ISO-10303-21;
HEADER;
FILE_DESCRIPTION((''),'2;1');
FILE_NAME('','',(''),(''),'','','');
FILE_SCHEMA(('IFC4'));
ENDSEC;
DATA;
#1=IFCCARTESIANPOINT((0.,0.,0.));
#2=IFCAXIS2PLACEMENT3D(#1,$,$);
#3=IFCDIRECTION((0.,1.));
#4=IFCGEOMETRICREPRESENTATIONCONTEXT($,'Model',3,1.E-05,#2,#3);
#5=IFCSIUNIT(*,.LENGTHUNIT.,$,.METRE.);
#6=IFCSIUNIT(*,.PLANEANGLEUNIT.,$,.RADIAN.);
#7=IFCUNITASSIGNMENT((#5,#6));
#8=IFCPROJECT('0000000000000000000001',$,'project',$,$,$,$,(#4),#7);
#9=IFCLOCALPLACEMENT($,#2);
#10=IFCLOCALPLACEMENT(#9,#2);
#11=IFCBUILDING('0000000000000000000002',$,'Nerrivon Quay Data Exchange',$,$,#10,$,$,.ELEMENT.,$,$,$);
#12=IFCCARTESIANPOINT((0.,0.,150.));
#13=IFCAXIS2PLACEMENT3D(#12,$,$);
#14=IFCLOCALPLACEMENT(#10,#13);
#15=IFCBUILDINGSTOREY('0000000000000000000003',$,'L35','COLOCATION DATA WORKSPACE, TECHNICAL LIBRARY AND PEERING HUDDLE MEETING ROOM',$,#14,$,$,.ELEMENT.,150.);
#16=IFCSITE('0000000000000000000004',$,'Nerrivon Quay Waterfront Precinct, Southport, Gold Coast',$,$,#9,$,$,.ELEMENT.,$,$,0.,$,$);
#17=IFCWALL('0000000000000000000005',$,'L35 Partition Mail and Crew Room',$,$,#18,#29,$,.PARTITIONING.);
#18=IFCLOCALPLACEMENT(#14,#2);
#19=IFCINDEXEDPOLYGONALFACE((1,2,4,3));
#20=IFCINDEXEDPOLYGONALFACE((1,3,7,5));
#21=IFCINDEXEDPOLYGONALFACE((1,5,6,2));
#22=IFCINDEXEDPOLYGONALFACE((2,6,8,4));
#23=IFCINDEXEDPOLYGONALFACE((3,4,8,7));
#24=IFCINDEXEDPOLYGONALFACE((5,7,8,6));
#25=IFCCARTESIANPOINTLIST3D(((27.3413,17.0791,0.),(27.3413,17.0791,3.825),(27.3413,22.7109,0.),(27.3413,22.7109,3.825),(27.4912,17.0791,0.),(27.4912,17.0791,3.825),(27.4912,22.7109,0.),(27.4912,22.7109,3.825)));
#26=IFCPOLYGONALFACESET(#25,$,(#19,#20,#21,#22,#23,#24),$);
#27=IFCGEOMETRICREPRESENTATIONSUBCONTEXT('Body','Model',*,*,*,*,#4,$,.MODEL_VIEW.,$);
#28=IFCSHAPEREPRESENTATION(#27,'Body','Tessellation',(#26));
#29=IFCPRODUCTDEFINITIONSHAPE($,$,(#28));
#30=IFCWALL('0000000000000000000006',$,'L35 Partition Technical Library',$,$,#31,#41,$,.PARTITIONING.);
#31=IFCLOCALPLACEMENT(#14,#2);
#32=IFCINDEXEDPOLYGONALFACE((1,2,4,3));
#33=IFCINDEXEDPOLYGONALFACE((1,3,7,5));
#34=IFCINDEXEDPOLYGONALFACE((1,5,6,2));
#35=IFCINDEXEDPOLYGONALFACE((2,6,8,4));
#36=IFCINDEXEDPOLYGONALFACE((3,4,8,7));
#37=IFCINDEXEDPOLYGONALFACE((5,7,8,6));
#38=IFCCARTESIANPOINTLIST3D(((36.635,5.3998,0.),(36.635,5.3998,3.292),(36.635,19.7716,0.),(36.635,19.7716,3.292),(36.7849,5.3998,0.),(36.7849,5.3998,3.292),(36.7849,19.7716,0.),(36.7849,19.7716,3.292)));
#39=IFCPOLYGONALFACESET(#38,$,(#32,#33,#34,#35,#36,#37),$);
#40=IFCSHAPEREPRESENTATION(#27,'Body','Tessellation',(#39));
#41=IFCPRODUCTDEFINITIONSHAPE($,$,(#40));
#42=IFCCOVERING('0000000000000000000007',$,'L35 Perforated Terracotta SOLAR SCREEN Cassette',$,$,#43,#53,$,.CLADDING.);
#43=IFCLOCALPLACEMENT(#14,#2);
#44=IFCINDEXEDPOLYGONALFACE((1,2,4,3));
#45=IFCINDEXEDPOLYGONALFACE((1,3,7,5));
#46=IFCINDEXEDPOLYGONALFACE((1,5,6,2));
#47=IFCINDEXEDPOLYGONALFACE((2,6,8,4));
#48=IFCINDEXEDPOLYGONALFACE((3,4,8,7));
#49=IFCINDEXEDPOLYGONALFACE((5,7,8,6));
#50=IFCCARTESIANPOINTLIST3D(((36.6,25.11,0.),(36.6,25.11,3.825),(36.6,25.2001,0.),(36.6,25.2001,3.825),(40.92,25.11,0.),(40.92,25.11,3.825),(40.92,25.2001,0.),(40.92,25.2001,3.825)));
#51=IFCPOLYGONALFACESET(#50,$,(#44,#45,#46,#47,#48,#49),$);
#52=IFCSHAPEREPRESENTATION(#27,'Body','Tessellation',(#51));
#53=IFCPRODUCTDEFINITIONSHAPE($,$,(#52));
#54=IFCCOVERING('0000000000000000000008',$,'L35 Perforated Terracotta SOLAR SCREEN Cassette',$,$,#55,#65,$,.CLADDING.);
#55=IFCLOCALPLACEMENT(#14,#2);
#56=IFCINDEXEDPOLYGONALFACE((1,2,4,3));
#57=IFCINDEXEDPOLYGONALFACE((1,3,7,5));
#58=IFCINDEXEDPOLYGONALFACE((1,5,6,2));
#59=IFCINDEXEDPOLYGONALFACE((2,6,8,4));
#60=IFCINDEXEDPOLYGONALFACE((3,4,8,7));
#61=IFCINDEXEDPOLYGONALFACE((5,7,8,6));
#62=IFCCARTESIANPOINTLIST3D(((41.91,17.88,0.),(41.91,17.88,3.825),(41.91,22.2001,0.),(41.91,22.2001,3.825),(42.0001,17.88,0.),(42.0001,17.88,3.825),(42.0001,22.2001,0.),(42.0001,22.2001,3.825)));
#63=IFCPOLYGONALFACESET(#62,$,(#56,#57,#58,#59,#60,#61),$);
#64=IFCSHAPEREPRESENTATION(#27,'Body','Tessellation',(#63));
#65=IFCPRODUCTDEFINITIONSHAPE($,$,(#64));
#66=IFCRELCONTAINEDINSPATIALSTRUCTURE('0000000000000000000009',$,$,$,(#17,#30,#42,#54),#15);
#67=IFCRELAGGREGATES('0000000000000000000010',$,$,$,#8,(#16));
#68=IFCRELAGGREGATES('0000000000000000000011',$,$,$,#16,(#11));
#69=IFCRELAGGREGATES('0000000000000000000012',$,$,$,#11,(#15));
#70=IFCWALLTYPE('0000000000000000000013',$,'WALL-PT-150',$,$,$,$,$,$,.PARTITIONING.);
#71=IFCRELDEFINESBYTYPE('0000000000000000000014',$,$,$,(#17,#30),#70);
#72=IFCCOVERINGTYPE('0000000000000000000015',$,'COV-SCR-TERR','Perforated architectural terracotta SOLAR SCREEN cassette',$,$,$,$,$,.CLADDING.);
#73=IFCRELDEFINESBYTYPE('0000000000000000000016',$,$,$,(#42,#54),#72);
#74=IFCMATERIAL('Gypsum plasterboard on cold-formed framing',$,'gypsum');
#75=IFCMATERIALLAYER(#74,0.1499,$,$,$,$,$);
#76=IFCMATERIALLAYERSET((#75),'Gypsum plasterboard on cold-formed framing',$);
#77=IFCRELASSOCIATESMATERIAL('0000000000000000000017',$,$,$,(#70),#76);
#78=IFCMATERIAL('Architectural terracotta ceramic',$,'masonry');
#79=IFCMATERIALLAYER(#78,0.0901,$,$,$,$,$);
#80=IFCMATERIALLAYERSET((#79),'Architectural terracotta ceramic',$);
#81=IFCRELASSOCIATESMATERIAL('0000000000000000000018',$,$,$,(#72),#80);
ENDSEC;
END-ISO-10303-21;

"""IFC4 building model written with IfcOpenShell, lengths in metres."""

from ifc_helpers import new_model, si_unit, direction, frame, frame_2d, origin, origin_2d, place, context, subcontext, project, spatial, rectangle, extrude, material, layer, layer_set, type_object, element, save


model = new_model("IFC4")

# Units and contexts
model_context = context("Model", 3, precision=1e-05, world=origin(), true_north=direction((0.0, 1.0)))
body_context = subcontext(model_context, "Body", "Model", "MODEL_VIEW")
ifc_project = project(units=[si_unit("LENGTHUNIT", "METRE"), si_unit("PLANEANGLEUNIT", "RADIAN")], contexts=[model_context])

# Site, building, storey
site_placement = place(None, origin())
site = spatial("IfcSite", under=ifc_project, at=site_placement, Name="Nerrivon Quay Waterfront Precinct, Southport, Gold Coast", CompositionType="ELEMENT", RefElevation=0.0)
building_placement = place(site_placement, origin())
building = spatial("IfcBuilding", under=site, at=building_placement, Name="Nerrivon Quay Data Exchange", CompositionType="ELEMENT")
storey_placement = place(building_placement, frame((0.0, 0.0, 150.0)))
storey = spatial("IfcBuildingStorey", under=building, at=storey_placement, Name="L35", Description="COLOCATION DATA WORKSPACE, TECHNICAL LIBRARY AND PEERING HUDDLE MEETING ROOM", CompositionType="ELEMENT", Elevation=150.0)

# Shared definitions
ifc_material_1 = material(Name="Gypsum plasterboard on cold-formed framing", Category="gypsum")

# Walls
ifc_layer_1 = layer(ifc_material_1, 0.1499)
ifc_layer_set_1 = layer_set([ifc_layer_1], Name="Gypsum plasterboard on cold-formed framing")
wall_type_1 = type_object("IfcWallType", Name="WALL-PT-150", PredefinedType="PARTITIONING", material=ifc_layer_set_1)
wall_1_placement = place(storey_placement, frame((27.4163, 22.7109, 0.0), z_axis=(0.0, 0.0, 1.0), x_axis=(0.0, -1.0, 0.0)))
element("IfcWall", 1, at=wall_1_placement, inside=storey, type_object=wall_type_1, Name="L35 Partition Mail and Crew Room", PredefinedType="PARTITIONING", context=body_context, shape_type="SweptSolid", body=[
    extrude(rectangle(XDim=5.6318, YDim=0.1499, at=frame_2d((2.8159, 0.0))), origin(), (0.0, 0.0, 1.0), 3.825),
])
wall_2_placement = place(storey_placement, frame((36.71, 19.7717, 0.0), z_axis=(0.0, 0.0, 1.0), x_axis=(0.0, -1.0, 0.0)))
element("IfcWall", 2, at=wall_2_placement, inside=storey, type_object=wall_type_1, Name="L35 Partition Technical Library", PredefinedType="PARTITIONING", context=body_context, shape_type="SweptSolid", body=[
    extrude(rectangle(XDim=14.3718, YDim=0.1499, at=frame_2d((7.186, 0.0))), origin(), (0.0, 0.0, 1.0), 3.292),
])

# Coverings
ifc_material_2 = material(Name="Architectural terracotta ceramic", Category="masonry")
ifc_layer_2 = layer(ifc_material_2, 0.0901)
ifc_layer_set_2 = layer_set([ifc_layer_2], Name="Architectural terracotta ceramic")
covering_type = type_object("IfcCoveringType", Name="COV-SCR-TERR", Description="Perforated architectural terracotta SOLAR SCREEN cassette", PredefinedType="CLADDING", material=ifc_layer_set_2)
for number, where, z_axis, x_axis, name in (
    (3, (38.76, 25.155, 0.0), (0.0, 0.0, 1.0), (1.0, 0.0, 0.0), "L35 Perforated Terracotta SOLAR SCREEN Cassette"),
    (4, (41.9551, 20.04, 0.0), (0.0, 0.0, 1.0), (0.0, -1.0, 0.0), "L35 Perforated Terracotta SOLAR SCREEN Cassette"),
):
    element("IfcCovering", number, at=place(storey_placement, frame(where, z_axis=z_axis, x_axis=x_axis)), inside=storey, type_object=covering_type, Name=name, PredefinedType="CLADDING", context=body_context, shape_type="SweptSolid", body=[
        extrude(rectangle(XDim=4.3201, YDim=0.0901, at=origin_2d()), origin(), (0.0, 0.0, 1.0), 3.825),
    ])

save(model, "model.ifc")
